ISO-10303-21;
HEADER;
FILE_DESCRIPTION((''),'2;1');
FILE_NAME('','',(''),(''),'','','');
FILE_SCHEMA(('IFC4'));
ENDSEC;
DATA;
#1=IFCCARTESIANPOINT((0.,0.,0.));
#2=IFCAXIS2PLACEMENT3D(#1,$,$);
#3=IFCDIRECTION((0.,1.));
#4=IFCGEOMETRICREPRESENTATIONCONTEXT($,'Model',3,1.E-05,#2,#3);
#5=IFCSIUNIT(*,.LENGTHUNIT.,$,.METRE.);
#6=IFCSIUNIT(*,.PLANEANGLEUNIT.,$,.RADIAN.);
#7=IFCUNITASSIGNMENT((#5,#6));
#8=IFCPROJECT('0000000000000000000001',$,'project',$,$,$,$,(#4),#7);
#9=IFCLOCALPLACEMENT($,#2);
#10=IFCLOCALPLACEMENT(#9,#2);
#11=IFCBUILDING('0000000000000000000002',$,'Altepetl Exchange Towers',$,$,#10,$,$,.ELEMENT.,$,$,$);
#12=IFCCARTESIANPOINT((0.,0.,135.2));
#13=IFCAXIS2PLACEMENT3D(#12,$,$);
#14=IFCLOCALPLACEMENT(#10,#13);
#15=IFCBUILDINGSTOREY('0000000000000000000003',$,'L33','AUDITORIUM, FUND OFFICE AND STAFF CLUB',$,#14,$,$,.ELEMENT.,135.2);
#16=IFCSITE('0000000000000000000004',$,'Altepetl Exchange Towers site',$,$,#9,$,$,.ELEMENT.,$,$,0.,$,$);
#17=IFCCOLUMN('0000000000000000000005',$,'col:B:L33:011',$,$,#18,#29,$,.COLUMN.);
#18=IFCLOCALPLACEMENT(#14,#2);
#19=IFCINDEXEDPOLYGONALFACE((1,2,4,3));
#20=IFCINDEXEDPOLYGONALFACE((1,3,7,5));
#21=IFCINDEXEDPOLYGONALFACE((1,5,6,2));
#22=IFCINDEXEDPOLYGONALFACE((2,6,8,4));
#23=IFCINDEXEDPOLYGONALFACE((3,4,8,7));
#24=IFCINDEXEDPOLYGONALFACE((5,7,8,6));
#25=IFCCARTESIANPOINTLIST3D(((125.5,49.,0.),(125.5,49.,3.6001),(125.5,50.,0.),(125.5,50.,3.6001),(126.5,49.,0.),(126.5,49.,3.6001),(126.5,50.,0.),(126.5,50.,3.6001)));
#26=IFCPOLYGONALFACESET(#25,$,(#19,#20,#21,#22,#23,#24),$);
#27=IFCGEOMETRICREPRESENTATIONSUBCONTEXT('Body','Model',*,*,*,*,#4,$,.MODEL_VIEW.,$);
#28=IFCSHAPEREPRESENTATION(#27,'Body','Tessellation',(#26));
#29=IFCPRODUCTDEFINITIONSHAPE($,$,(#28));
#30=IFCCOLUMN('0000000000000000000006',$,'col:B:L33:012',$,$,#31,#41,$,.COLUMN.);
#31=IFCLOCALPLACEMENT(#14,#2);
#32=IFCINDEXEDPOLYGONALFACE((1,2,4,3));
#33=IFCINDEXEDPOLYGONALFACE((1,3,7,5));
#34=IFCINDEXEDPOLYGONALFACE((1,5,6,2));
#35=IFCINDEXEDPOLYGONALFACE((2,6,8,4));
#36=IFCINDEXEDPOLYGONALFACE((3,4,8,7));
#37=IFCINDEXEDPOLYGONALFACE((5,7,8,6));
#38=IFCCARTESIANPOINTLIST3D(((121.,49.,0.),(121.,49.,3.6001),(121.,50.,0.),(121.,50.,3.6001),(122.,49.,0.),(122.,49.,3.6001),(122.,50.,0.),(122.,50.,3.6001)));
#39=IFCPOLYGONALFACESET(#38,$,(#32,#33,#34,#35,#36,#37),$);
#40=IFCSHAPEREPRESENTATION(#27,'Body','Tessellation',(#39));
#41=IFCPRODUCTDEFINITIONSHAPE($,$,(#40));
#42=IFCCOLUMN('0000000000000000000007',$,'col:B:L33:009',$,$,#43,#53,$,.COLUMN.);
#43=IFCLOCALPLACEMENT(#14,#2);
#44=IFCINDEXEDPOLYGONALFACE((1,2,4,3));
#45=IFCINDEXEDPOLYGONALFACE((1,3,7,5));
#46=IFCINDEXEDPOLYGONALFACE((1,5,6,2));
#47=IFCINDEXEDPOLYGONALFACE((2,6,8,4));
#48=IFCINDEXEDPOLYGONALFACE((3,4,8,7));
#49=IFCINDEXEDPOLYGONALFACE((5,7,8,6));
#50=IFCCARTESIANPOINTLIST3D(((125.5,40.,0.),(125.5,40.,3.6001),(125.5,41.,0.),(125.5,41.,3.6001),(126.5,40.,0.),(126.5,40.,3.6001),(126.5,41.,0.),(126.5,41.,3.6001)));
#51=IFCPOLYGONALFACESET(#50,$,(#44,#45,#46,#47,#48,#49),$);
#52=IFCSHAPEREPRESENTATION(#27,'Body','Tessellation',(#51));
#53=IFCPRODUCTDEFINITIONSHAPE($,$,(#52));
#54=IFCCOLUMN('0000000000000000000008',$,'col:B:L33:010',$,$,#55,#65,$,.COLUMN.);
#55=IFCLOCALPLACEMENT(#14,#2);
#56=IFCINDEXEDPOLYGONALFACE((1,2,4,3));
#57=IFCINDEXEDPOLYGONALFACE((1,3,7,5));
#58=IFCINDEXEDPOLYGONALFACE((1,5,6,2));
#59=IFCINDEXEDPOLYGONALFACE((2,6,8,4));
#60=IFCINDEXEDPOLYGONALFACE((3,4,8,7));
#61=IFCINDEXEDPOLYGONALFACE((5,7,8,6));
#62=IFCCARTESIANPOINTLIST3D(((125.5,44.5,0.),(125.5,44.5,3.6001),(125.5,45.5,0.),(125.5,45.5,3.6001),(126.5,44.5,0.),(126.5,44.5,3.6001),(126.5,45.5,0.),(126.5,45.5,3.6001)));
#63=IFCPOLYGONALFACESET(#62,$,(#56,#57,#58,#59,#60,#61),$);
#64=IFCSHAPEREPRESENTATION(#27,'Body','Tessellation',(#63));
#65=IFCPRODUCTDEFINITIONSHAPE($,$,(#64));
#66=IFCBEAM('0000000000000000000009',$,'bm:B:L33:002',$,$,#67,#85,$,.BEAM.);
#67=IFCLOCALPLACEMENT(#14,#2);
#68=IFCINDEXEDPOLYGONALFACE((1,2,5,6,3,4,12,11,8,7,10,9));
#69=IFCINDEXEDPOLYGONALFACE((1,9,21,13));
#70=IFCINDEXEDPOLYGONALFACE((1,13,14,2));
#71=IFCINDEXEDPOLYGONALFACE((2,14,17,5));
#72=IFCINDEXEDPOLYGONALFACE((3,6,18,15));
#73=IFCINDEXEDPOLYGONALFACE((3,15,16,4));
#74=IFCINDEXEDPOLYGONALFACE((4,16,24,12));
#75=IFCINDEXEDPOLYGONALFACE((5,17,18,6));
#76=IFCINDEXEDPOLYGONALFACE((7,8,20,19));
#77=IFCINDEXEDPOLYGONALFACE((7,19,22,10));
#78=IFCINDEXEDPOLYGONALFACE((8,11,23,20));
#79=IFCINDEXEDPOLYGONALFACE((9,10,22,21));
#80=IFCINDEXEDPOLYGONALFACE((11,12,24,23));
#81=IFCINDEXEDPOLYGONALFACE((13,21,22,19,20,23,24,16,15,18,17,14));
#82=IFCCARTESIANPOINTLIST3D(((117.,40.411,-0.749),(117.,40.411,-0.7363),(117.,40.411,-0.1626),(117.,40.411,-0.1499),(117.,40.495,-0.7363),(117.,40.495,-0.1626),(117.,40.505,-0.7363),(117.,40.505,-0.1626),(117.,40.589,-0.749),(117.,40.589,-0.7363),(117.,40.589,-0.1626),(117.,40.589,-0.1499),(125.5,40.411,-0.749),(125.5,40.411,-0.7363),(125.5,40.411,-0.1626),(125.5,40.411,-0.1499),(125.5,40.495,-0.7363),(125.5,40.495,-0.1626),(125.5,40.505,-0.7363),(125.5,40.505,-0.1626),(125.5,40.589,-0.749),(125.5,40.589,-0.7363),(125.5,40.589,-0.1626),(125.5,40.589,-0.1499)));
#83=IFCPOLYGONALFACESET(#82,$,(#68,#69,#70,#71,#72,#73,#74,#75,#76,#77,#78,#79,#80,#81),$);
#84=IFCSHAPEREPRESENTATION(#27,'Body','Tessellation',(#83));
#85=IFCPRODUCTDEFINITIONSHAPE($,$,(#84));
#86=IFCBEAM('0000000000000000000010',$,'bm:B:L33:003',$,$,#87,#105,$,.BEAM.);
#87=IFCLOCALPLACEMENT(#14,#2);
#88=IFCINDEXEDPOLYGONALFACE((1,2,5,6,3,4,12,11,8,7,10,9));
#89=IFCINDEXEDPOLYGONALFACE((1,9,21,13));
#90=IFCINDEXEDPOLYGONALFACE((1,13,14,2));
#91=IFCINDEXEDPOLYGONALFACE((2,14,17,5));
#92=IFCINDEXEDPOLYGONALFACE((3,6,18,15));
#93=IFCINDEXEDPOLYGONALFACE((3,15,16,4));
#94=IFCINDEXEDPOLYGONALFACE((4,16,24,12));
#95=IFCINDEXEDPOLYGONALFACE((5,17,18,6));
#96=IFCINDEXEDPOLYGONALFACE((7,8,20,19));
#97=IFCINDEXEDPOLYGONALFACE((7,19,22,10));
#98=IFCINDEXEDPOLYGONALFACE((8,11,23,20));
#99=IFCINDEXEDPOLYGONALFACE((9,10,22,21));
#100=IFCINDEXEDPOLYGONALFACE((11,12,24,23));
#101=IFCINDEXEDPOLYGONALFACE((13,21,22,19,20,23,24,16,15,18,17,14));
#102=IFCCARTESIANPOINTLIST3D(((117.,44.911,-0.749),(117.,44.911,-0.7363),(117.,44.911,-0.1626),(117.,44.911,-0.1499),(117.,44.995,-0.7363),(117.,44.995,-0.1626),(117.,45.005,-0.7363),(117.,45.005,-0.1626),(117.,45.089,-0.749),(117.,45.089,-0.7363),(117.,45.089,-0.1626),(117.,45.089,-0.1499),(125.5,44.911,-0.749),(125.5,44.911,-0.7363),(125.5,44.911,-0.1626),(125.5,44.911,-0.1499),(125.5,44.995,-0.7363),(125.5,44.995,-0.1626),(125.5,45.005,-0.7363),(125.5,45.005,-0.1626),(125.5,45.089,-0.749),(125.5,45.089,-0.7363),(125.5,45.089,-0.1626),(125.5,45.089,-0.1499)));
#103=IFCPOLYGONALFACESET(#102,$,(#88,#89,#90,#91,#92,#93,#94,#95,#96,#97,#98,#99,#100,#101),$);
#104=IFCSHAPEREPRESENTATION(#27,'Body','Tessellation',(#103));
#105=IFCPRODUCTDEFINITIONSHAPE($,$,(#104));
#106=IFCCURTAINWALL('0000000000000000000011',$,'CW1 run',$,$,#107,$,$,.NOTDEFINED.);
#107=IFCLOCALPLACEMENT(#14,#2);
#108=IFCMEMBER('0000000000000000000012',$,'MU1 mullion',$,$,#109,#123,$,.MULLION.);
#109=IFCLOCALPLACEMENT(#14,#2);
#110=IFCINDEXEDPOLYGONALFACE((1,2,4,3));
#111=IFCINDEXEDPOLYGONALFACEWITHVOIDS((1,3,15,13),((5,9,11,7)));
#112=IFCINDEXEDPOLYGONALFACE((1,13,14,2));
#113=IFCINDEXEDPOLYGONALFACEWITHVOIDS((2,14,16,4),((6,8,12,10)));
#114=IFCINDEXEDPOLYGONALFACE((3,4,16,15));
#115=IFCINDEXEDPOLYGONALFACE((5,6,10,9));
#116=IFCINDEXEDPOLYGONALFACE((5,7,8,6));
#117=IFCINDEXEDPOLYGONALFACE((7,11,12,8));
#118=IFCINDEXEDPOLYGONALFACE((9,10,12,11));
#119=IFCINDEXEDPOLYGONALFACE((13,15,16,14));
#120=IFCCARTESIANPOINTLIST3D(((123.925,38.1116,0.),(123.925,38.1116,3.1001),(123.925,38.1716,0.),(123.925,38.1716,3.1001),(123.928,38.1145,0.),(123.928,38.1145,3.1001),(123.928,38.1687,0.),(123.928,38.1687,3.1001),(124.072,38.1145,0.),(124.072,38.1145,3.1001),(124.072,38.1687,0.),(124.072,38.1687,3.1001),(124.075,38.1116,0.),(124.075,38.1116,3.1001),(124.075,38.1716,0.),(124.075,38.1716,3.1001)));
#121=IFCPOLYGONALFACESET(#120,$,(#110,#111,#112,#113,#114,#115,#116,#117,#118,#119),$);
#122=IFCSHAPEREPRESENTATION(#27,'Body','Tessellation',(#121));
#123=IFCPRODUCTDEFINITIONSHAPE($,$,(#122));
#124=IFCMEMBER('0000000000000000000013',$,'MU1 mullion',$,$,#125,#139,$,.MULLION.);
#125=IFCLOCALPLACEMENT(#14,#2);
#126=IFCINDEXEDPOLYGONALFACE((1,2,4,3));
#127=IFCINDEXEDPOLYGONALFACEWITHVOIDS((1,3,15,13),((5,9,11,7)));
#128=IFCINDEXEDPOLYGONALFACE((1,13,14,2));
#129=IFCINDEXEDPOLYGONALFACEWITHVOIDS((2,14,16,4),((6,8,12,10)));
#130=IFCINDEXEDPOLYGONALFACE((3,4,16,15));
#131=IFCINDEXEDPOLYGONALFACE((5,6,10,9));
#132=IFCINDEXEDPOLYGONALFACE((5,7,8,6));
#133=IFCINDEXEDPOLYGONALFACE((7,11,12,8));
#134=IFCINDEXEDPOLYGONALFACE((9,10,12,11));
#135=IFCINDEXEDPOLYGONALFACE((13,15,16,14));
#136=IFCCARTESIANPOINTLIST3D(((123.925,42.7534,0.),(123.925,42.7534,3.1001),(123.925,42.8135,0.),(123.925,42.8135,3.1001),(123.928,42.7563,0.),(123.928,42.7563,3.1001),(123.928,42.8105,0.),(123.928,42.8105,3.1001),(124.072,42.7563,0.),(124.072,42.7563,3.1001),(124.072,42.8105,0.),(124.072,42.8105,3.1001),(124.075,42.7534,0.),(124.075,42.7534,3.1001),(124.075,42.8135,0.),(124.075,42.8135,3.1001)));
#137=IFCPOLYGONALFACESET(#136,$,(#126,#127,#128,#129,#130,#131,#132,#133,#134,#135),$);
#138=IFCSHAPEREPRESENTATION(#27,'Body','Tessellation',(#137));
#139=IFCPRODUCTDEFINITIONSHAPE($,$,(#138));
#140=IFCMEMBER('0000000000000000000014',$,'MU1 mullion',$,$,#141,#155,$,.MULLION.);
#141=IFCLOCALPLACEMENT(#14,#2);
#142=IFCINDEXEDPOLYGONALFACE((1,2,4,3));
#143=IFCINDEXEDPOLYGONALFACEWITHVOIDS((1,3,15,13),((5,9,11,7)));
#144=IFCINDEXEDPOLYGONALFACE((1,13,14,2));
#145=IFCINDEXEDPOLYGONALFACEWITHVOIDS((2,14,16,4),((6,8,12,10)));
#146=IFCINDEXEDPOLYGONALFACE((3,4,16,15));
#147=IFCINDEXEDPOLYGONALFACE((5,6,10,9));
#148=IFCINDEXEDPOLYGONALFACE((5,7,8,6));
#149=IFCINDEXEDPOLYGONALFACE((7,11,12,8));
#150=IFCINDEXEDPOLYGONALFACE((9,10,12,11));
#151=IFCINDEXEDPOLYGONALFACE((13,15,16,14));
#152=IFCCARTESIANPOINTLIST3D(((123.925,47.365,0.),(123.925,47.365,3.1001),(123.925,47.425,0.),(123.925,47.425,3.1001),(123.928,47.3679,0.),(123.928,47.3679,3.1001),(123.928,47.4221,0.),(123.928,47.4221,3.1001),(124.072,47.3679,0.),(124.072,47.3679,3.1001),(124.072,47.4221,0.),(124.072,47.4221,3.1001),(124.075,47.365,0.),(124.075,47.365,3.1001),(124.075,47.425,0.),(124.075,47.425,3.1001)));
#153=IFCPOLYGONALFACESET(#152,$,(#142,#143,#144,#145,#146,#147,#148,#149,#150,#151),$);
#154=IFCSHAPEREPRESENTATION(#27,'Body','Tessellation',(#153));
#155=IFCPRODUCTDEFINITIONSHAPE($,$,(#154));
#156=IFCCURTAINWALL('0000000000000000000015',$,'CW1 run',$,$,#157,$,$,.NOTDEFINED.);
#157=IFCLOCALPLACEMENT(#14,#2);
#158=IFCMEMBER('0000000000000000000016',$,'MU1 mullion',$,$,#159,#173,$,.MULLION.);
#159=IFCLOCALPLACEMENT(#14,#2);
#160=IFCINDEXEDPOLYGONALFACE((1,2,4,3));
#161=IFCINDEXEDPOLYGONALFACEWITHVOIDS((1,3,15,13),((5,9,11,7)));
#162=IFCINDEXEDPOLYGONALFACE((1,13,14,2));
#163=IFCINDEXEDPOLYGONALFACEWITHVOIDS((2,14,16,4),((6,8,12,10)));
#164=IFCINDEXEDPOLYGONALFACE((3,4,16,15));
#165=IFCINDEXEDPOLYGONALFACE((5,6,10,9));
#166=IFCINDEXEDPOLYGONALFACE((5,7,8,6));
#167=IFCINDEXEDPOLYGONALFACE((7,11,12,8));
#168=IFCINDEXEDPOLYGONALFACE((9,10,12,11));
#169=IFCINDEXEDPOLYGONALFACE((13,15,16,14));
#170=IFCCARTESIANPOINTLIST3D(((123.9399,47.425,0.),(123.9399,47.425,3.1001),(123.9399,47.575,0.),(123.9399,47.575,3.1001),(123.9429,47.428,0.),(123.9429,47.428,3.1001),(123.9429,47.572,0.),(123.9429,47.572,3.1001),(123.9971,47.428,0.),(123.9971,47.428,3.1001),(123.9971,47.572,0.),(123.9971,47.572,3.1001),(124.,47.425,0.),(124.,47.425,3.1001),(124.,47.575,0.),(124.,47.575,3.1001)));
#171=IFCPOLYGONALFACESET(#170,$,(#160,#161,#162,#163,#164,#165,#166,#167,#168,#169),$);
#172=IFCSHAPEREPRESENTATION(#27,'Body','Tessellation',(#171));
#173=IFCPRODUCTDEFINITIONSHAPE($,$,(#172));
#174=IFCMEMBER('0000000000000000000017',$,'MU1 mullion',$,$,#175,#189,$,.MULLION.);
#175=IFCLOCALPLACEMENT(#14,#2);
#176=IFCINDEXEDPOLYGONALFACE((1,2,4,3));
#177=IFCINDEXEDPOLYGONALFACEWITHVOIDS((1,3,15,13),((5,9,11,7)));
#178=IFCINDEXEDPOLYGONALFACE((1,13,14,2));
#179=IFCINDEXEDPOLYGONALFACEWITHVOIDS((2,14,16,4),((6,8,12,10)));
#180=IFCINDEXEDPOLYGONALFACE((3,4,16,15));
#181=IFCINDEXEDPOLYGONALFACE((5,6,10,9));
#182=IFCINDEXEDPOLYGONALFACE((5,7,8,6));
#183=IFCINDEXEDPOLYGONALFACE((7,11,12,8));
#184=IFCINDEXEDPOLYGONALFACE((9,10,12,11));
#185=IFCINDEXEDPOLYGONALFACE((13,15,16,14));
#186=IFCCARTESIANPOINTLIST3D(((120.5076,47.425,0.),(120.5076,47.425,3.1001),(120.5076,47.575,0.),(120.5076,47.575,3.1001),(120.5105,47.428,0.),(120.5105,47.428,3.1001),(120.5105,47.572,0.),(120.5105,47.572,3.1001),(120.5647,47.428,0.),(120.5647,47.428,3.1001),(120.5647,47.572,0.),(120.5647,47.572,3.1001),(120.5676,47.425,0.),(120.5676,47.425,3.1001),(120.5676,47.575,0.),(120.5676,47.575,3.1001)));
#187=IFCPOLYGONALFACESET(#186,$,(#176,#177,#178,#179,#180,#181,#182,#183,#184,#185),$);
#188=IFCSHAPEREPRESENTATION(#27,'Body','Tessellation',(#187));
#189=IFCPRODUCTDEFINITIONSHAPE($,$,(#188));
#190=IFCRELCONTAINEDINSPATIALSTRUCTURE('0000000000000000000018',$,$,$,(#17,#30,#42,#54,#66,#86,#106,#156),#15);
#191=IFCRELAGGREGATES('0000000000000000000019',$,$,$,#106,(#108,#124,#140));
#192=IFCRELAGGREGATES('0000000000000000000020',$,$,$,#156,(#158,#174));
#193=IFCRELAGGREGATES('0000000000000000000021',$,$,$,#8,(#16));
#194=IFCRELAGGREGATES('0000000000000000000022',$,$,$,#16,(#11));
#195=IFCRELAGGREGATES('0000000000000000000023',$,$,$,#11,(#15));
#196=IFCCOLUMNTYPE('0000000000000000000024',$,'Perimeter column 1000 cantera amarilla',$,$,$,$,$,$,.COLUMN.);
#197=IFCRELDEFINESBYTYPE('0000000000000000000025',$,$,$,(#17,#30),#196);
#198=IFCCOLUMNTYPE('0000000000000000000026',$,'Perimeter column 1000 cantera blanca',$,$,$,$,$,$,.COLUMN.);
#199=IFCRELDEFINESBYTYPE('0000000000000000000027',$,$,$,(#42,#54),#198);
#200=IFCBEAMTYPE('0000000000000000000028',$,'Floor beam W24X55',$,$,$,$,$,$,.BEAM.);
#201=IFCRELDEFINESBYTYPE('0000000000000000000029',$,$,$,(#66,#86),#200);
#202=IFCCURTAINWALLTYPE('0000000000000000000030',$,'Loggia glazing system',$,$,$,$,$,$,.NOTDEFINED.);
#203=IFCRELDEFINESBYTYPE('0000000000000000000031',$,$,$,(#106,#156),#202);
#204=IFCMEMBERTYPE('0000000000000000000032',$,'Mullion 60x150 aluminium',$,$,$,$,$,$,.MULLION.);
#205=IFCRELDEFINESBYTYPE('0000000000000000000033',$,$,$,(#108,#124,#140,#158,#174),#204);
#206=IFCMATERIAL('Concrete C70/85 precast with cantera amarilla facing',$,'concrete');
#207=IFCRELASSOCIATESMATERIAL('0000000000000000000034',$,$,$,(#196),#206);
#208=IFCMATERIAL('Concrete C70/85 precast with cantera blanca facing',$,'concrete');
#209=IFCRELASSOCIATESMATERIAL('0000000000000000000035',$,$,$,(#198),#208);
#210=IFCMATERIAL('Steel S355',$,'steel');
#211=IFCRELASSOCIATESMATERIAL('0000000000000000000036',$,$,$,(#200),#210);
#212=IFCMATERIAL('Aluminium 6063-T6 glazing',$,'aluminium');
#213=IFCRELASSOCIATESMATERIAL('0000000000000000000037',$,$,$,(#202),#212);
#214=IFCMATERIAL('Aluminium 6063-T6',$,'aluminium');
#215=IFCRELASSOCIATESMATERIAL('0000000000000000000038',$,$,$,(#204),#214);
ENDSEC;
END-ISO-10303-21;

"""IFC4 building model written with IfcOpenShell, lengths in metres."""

from ifc_helpers import new_model, si_unit, direction, frame, origin, origin_2d, place, context, subcontext, project, spatial, rectangle, hollow_rectangle, i_section, extrude, material, material_profile, profile_set, type_object, element, aggregate, save


model = new_model("IFC4")

# Units and contexts
model_context = context("Model", 3, precision=1e-05, world=origin(), true_north=direction((0.0, 1.0)))
body_context = subcontext(model_context, "Body", "Model", "MODEL_VIEW")
ifc_project = project(units=[si_unit("LENGTHUNIT", "METRE"), si_unit("PLANEANGLEUNIT", "RADIAN")], contexts=[model_context])

# Site, building, storey
site_placement = place(None, origin())
site = spatial("IfcSite", under=ifc_project, at=site_placement, Name="Altepetl Exchange Towers site", CompositionType="ELEMENT", RefElevation=0.0)
building_placement = place(site_placement, origin())
building = spatial("IfcBuilding", under=site, at=building_placement, Name="Altepetl Exchange Towers", CompositionType="ELEMENT")
storey_placement = place(building_placement, frame((0.0, 0.0, 135.2)))
storey = spatial("IfcBuildingStorey", under=building, at=storey_placement, Name="L33", Description="AUDITORIUM, FUND OFFICE AND STAFF CLUB", CompositionType="ELEMENT", Elevation=135.2)

# Columns
ifc_material_1 = material(Name="Concrete C70/85 precast with cantera amarilla facing", Category="concrete")
ifc_material_profile_1 = material_profile(ifc_material_1, rectangle(XDim=1.0, YDim=1.0, at=origin_2d()), Name="1000 x 1000")
ifc_profile_set_1 = profile_set([ifc_material_profile_1], Name="Concrete C70/85 precast with cantera amarilla facing")
column_type_1 = type_object("IfcColumnType", Name="Perimeter column 1000 cantera amarilla", PredefinedType="COLUMN", material=ifc_profile_set_1)
for number, where, name in (
    (1, (126.0, 49.5, 0.0), "col:B:L33:011"),
    (2, (121.5, 49.5, 0.0), "col:B:L33:012"),
):
    element("IfcColumn", number, at=place(storey_placement, frame(where)), inside=storey, type_object=column_type_1, Name=name, PredefinedType="COLUMN", context=body_context, shape_type="SweptSolid", body=[
        extrude(rectangle(XDim=1.0, YDim=1.0, at=origin_2d()), origin(), (0.0, 0.0, 1.0), 3.6001),
    ])
ifc_material_2 = material(Name="Concrete C70/85 precast with cantera blanca facing", Category="concrete")
ifc_material_profile_2 = material_profile(ifc_material_2, rectangle(XDim=1.0, YDim=1.0, at=origin_2d()), Name="1000 x 1000")
ifc_profile_set_2 = profile_set([ifc_material_profile_2], Name="Concrete C70/85 precast with cantera blanca facing")
column_type_2 = type_object("IfcColumnType", Name="Perimeter column 1000 cantera blanca", PredefinedType="COLUMN", material=ifc_profile_set_2)
for number, where, name in (
    (3, (126.0, 40.5, 0.0), "col:B:L33:009"),
    (4, (126.0, 45.0, 0.0), "col:B:L33:010"),
):
    element("IfcColumn", number, at=place(storey_placement, frame(where)), inside=storey, type_object=column_type_2, Name=name, PredefinedType="COLUMN", context=body_context, shape_type="SweptSolid", body=[
        extrude(rectangle(XDim=1.0, YDim=1.0, at=origin_2d()), origin(), (0.0, 0.0, 1.0), 3.6001),
    ])

# Beams
ifc_material_3 = material(Name="Steel S355", Category="steel")
ifc_material_profile_3 = material_profile(ifc_material_3, i_section(OverallWidth=0.178, OverallDepth=0.5991, WebThickness=0.01, FlangeThickness=0.0127, at=origin_2d()), Name="W24X55")
ifc_profile_set_3 = profile_set([ifc_material_profile_3], Name="Steel S355")
beam_type_1 = type_object("IfcBeamType", Name="Floor beam W24X55", PredefinedType="BEAM", material=ifc_profile_set_3)
for number, where, z_axis, x_axis, name in (
    (5, (117.0, 40.5, -0.4495), (1.0, 0.0, 0.0), (0.0, 1.0, 0.0), "bm:B:L33:002"),
    (6, (117.0, 45.0, -0.4495), (1.0, 0.0, 0.0), (0.0, 1.0, 0.0), "bm:B:L33:003"),
):
    element("IfcBeam", number, at=place(storey_placement, frame(where, z_axis=z_axis, x_axis=x_axis)), inside=storey, type_object=beam_type_1, Name=name, PredefinedType="BEAM", context=body_context, shape_type="SweptSolid", body=[
        extrude(i_section(OverallWidth=0.178, OverallDepth=0.5991, WebThickness=0.01, FlangeThickness=0.0127, at=origin_2d()), origin(), (0.0, 0.0, 1.0), 8.5),
    ])

# Curtain walls, members
ifc_material_4 = material(Name="Aluminium 6063-T6 glazing", Category="aluminium")
curtain_wall_type = type_object("IfcCurtainWallType", Name="Loggia glazing system", PredefinedType="NOTDEFINED", material=ifc_material_4)
curtain_wall_1_placement = place(storey_placement, origin())
curtain_wall_1 = element("IfcCurtainWall", 7, at=curtain_wall_1_placement, inside=storey, type_object=curtain_wall_type, Name="CW1 run", PredefinedType="NOTDEFINED")
ifc_material_5 = material(Name="Aluminium 6063-T6", Category="aluminium")
ifc_material_profile_4 = material_profile(ifc_material_5, hollow_rectangle(XDim=0.0601, YDim=0.1499, WallThickness=0.0029, at=origin_2d()), Name="Mullion 60x150 aluminium")
ifc_profile_set_4 = profile_set([ifc_material_profile_4], Name="Aluminium 6063-T6")
member_type = type_object("IfcMemberType", Name="Mullion 60x150 aluminium", PredefinedType="MULLION", material=ifc_profile_set_4)
member_1_placement = place(storey_placement, frame((124.0, 38.1416, 0.0), z_axis=(0.0, 0.0, 1.0), x_axis=(0.0, 1.0, 0.0)))
member_1 = element("IfcMember", 8, at=member_1_placement, type_object=member_type, Name="MU1 mullion", PredefinedType="MULLION", context=body_context, shape_type="SweptSolid", body=[
    extrude(hollow_rectangle(XDim=0.0601, YDim=0.1499, WallThickness=0.0029, at=origin_2d()), origin(), (0.0, 0.0, 1.0), 3.1001),
])
member_2_placement = place(storey_placement, frame((124.0, 42.7834, 0.0), z_axis=(0.0, 0.0, 1.0), x_axis=(0.0, 1.0, 0.0)))
member_2 = element("IfcMember", 9, at=member_2_placement, type_object=member_type, Name="MU1 mullion", PredefinedType="MULLION", context=body_context, shape_type="SweptSolid", body=[
    extrude(hollow_rectangle(XDim=0.0601, YDim=0.1499, WallThickness=0.0029, at=origin_2d()), origin(), (0.0, 0.0, 1.0), 3.1001),
])
member_3_placement = place(storey_placement, frame((124.0, 47.395, 0.0), z_axis=(0.0, 0.0, 1.0), x_axis=(0.0, 1.0, 0.0)))
member_3 = element("IfcMember", 10, at=member_3_placement, type_object=member_type, Name="MU1 mullion", PredefinedType="MULLION", context=body_context, shape_type="SweptSolid", body=[
    extrude(hollow_rectangle(XDim=0.0601, YDim=0.1499, WallThickness=0.0029, at=origin_2d()), origin(), (0.0, 0.0, 1.0), 3.1001),
])
curtain_wall_2_placement = place(storey_placement, origin())
curtain_wall_2 = element("IfcCurtainWall", 11, at=curtain_wall_2_placement, inside=storey, type_object=curtain_wall_type, Name="CW1 run", PredefinedType="NOTDEFINED")
member_4_placement = place(storey_placement, frame((123.97, 47.5, 0.0), z_axis=(0.0, 0.0, 1.0), x_axis=(-1.0, 0.0, 0.0)))
member_4 = element("IfcMember", 12, at=member_4_placement, type_object=member_type, Name="MU1 mullion", PredefinedType="MULLION", context=body_context, shape_type="SweptSolid", body=[
    extrude(hollow_rectangle(XDim=0.0601, YDim=0.1499, WallThickness=0.0029, at=origin_2d()), origin(), (0.0, 0.0, 1.0), 3.1001),
])
member_5_placement = place(storey_placement, frame((120.5376, 47.5, 0.0), z_axis=(0.0, 0.0, 1.0), x_axis=(-1.0, 0.0, 0.0)))
member_5 = element("IfcMember", 13, at=member_5_placement, type_object=member_type, Name="MU1 mullion", PredefinedType="MULLION", context=body_context, shape_type="SweptSolid", body=[
    extrude(hollow_rectangle(XDim=0.0601, YDim=0.1499, WallThickness=0.0029, at=origin_2d()), origin(), (0.0, 0.0, 1.0), 3.1001),
])

aggregate(curtain_wall_1, [member_1, member_2, member_3])
aggregate(curtain_wall_2, [member_4, member_5])

save(model, "model.ifc")
